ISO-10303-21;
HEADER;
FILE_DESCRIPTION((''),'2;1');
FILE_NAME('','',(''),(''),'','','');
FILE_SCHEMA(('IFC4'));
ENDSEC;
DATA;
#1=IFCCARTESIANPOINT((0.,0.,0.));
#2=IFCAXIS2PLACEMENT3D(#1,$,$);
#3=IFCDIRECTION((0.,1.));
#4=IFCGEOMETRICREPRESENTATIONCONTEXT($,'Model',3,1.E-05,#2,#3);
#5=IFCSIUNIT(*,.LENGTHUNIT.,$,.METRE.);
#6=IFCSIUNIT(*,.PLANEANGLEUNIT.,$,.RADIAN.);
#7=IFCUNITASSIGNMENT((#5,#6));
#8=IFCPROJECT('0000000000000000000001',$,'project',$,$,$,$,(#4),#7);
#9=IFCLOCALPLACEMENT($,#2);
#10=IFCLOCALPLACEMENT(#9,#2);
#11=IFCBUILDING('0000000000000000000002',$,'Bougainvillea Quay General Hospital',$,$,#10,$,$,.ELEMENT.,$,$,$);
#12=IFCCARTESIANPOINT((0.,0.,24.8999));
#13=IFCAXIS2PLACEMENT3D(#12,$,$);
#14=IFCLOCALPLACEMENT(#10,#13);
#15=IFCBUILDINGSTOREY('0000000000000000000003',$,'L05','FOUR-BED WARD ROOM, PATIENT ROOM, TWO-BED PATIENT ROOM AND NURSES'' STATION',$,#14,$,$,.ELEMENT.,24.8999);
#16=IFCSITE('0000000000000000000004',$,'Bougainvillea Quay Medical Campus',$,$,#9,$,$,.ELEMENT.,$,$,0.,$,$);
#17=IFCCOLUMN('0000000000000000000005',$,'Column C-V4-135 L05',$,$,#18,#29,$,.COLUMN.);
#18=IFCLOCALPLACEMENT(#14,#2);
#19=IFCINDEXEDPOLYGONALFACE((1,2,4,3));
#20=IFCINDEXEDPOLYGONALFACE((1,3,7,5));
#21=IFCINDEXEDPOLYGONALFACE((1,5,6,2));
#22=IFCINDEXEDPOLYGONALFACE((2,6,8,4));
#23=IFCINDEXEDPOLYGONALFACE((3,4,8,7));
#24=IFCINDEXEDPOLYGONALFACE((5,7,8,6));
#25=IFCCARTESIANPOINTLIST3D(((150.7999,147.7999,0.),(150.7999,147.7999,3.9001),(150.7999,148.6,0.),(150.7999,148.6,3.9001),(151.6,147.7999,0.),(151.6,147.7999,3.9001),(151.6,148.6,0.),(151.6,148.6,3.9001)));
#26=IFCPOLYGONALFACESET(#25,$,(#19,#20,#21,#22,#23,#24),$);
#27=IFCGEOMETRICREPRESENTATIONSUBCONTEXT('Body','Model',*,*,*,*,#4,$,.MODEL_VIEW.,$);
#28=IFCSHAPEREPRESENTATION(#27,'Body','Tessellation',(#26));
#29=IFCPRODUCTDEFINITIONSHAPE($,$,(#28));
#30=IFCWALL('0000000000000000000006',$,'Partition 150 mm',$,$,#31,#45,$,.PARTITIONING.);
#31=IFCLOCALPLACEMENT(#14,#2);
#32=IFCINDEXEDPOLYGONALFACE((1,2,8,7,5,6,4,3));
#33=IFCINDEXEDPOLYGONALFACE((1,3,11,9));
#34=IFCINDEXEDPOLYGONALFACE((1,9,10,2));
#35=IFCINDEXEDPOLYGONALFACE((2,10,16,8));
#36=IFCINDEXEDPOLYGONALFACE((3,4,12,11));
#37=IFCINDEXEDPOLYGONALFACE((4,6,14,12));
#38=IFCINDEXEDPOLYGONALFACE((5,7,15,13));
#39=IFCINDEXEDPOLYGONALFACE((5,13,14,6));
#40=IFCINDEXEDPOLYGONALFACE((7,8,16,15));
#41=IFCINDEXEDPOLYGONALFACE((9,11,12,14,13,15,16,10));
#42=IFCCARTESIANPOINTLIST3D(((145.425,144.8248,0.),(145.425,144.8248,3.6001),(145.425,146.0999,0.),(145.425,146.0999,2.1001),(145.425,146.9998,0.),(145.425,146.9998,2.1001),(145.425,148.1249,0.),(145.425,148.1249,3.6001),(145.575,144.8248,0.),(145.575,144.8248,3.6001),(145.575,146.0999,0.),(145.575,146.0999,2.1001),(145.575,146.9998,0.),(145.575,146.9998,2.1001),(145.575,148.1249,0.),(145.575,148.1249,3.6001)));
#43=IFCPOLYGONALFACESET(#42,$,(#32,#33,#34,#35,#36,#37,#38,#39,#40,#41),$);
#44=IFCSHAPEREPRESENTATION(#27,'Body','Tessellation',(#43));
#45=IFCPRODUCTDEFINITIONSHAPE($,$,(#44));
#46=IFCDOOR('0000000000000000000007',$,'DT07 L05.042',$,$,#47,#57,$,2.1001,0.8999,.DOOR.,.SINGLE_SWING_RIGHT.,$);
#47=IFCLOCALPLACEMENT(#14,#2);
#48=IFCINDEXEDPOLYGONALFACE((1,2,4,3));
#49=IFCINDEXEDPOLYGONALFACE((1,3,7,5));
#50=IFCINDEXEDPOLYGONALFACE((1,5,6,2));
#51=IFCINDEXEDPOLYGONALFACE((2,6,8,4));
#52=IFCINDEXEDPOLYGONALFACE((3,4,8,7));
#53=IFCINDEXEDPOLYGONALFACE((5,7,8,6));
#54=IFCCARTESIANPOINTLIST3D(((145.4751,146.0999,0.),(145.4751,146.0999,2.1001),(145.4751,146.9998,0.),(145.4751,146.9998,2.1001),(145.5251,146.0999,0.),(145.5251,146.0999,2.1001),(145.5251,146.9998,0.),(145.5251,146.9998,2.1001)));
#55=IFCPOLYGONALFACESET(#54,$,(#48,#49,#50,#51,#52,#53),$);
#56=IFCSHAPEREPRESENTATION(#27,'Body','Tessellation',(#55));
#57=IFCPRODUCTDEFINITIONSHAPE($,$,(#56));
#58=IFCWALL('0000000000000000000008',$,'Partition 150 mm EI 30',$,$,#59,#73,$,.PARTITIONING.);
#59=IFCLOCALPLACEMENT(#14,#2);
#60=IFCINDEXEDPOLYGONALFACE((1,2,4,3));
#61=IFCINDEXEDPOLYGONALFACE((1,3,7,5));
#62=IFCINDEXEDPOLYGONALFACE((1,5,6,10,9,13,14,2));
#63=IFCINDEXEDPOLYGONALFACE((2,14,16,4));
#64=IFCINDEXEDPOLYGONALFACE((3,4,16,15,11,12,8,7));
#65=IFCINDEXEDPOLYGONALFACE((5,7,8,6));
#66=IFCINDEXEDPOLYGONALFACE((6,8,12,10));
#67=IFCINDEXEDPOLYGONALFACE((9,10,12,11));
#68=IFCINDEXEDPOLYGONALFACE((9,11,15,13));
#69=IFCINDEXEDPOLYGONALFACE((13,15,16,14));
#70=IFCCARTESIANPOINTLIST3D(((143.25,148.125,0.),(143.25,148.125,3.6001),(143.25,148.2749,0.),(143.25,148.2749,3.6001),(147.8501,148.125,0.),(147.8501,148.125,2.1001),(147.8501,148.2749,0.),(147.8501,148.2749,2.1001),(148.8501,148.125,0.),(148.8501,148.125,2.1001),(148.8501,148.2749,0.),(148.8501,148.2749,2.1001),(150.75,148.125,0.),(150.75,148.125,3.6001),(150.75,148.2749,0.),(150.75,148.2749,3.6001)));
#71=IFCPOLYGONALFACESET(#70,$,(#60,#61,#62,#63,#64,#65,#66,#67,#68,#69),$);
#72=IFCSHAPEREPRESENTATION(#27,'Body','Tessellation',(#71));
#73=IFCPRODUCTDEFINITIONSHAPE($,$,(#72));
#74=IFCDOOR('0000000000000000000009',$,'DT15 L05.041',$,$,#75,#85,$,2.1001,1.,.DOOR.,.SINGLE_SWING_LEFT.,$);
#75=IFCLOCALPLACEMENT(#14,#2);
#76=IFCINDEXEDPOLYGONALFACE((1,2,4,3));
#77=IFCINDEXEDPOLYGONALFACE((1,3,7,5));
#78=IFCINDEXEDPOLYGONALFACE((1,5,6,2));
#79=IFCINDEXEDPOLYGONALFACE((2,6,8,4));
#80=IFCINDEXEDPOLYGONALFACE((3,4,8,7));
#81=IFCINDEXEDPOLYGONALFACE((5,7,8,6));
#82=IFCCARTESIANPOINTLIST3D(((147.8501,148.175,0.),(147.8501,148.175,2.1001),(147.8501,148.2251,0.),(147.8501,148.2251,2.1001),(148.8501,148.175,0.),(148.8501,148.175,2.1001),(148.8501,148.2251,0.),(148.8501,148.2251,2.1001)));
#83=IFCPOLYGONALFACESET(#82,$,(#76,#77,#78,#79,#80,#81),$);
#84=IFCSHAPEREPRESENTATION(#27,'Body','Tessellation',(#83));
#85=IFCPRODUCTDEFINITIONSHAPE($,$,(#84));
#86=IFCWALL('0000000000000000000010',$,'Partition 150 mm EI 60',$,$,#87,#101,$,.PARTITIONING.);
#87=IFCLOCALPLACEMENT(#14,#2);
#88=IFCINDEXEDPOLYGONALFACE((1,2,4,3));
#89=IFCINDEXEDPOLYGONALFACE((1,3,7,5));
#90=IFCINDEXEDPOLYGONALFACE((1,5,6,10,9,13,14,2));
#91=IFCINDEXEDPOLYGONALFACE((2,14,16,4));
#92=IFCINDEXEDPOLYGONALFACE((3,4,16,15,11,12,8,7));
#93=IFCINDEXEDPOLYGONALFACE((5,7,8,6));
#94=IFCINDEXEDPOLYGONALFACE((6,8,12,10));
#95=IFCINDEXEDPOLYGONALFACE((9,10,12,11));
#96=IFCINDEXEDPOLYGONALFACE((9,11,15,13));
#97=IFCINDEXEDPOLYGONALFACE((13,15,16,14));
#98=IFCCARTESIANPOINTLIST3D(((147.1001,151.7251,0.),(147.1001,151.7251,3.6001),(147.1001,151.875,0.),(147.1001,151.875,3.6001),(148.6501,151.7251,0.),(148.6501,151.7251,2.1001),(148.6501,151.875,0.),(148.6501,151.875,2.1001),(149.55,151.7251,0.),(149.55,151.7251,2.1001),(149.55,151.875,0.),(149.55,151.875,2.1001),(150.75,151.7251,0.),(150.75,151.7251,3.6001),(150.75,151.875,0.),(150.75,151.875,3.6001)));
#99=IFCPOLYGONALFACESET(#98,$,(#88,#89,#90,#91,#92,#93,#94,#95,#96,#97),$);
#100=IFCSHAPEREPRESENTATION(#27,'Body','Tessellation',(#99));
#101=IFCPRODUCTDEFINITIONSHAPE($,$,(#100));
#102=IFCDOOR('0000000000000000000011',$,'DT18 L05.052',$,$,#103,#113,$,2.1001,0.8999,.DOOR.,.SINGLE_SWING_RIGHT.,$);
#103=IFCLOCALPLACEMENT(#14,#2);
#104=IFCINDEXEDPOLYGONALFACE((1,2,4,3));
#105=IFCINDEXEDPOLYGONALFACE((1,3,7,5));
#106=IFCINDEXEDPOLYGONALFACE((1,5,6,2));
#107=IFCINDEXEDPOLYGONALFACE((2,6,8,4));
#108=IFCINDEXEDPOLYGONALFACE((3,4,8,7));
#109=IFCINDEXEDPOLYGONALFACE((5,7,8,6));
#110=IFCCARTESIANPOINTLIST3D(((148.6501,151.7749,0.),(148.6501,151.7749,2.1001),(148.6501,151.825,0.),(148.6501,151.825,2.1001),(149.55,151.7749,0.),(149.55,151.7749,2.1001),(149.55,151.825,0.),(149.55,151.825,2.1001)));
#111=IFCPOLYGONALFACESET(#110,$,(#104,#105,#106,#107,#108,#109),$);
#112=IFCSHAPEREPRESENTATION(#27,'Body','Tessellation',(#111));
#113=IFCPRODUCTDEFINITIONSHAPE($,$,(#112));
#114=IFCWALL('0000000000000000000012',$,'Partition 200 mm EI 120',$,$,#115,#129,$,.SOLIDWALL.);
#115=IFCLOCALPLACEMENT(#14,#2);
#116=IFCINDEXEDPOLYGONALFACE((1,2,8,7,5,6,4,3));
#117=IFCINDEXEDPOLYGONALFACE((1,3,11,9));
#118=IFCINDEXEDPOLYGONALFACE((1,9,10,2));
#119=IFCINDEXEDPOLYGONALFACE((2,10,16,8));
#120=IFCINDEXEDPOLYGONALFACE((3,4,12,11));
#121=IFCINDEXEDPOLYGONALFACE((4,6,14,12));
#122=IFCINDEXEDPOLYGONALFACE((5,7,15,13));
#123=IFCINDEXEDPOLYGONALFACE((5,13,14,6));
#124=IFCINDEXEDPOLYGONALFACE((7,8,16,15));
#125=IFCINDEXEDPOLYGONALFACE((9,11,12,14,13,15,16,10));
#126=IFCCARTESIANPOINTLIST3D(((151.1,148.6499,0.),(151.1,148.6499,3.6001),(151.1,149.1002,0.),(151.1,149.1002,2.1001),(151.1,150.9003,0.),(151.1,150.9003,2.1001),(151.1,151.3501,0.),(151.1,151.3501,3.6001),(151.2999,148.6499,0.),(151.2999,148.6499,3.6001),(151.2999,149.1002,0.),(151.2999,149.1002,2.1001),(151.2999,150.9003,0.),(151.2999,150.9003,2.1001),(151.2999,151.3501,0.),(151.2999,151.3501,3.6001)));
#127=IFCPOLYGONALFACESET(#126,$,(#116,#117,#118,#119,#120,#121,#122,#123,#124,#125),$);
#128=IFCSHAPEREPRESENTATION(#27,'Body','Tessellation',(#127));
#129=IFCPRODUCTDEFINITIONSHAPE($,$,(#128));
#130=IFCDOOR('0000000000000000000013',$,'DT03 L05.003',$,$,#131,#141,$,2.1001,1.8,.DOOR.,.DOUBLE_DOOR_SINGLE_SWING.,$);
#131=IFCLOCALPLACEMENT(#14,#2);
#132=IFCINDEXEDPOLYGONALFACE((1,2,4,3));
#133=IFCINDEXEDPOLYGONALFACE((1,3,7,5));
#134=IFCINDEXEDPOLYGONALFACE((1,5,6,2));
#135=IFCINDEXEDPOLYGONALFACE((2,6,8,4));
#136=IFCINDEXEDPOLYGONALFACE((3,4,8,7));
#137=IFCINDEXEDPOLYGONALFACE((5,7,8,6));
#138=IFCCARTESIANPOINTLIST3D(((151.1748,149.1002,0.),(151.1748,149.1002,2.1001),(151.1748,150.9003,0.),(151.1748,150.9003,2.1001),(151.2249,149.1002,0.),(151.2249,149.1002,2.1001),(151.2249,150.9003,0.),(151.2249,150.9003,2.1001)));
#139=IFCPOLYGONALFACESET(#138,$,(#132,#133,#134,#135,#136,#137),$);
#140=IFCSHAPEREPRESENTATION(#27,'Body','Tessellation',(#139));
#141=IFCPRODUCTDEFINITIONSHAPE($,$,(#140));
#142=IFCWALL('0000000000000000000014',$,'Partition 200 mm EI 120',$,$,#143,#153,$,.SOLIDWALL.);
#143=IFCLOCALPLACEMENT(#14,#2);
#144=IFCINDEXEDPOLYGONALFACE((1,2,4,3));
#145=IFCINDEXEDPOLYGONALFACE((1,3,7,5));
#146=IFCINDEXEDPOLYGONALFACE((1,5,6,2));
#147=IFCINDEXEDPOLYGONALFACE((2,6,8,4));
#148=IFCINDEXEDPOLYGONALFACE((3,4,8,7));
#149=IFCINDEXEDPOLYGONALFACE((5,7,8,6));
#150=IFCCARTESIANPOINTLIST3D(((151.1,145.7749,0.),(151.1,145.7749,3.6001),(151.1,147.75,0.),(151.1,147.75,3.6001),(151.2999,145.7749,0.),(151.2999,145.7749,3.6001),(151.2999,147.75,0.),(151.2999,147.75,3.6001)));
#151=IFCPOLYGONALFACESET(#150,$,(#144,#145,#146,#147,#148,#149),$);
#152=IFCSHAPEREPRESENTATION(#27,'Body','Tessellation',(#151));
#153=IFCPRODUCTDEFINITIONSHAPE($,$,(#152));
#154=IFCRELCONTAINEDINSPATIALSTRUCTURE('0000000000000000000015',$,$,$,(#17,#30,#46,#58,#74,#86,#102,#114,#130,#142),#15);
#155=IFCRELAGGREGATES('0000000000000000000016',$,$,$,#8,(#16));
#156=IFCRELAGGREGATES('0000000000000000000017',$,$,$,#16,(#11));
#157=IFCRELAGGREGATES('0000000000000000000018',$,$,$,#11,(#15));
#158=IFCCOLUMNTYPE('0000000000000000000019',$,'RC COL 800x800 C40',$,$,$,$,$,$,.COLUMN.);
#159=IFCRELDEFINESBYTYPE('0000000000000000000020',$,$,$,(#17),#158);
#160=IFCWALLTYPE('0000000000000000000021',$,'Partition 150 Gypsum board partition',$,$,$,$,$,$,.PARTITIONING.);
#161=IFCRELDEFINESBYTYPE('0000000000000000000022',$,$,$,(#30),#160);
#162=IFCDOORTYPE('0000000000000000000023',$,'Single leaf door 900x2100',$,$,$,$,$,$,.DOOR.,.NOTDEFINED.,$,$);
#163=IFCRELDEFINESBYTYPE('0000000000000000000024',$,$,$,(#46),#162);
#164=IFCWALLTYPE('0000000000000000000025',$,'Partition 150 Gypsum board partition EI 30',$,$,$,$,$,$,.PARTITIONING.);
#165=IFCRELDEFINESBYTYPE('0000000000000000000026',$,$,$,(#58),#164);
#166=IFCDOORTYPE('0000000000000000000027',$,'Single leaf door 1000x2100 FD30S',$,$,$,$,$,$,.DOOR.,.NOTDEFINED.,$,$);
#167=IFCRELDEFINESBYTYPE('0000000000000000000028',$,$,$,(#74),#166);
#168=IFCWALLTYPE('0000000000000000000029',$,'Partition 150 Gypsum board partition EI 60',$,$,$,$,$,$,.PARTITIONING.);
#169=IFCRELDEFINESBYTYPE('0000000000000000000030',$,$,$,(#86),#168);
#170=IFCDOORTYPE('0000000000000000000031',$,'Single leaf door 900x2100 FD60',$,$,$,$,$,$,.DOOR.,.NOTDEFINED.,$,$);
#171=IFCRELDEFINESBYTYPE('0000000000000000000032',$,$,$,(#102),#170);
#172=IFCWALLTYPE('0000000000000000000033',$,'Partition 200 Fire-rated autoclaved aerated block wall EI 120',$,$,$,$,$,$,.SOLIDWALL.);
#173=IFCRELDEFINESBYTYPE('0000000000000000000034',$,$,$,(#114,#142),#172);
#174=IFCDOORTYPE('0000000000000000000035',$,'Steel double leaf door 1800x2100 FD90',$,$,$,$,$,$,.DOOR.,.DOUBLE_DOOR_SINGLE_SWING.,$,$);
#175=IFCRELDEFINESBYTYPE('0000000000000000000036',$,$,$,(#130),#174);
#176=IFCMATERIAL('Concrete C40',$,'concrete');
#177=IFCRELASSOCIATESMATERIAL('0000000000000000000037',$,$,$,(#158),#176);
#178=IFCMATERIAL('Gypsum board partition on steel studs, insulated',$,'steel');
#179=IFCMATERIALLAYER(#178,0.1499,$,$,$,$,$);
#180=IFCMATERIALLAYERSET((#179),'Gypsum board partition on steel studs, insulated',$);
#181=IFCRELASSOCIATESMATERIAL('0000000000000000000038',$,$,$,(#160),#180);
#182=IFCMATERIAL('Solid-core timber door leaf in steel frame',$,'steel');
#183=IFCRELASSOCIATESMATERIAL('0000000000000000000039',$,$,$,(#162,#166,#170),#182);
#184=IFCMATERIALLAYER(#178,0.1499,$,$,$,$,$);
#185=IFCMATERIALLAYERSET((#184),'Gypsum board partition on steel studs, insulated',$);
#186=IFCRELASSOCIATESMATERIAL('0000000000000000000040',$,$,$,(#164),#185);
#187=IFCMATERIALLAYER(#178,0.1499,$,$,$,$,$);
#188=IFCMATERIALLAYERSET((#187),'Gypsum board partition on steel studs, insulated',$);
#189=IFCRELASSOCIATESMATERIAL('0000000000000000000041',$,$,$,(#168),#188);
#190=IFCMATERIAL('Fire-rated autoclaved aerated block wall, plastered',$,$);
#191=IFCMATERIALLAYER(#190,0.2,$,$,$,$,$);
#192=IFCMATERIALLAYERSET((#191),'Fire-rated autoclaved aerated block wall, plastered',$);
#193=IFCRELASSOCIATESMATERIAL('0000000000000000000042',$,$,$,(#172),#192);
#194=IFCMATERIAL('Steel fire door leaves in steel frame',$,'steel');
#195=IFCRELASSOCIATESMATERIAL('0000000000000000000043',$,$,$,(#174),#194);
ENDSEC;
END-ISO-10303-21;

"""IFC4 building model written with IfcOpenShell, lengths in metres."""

from ifc_helpers import new_model, si_unit, direction, frame, frame_2d, origin, origin_2d, place, context, subcontext, project, spatial, rectangle, extrude, material, layer, layer_set, material_profile, profile_set, type_object, element, fill, save


model = new_model("IFC4")

# Units and contexts
model_context = context("Model", 3, precision=1e-05, world=origin(), true_north=direction((0.0, 1.0)))
body_context = subcontext(model_context, "Body", "Model", "MODEL_VIEW")
ifc_project = project(units=[si_unit("LENGTHUNIT", "METRE"), si_unit("PLANEANGLEUNIT", "RADIAN")], contexts=[model_context])

# Site, building, storey
site_placement = place(None, origin())
site = spatial("IfcSite", under=ifc_project, at=site_placement, Name="Bougainvillea Quay Medical Campus", CompositionType="ELEMENT", RefElevation=0.0)
building_placement = place(site_placement, origin())
building = spatial("IfcBuilding", under=site, at=building_placement, Name="Bougainvillea Quay General Hospital", CompositionType="ELEMENT")
storey_placement = place(building_placement, frame((0.0, 0.0, 24.8999)))
storey = spatial("IfcBuildingStorey", under=building, at=storey_placement, Name="L05", Description="FOUR-BED WARD ROOM, PATIENT ROOM, TWO-BED PATIENT ROOM AND NURSES' STATION", CompositionType="ELEMENT", Elevation=24.8999)

# Column
ifc_material_1 = material(Name="Concrete C40", Category="concrete")
ifc_material_profile_1 = material_profile(ifc_material_1, rectangle(XDim=0.8, YDim=0.8, at=origin_2d()))
ifc_profile_set_1 = profile_set([ifc_material_profile_1], Name="Concrete C40")
column_type = type_object("IfcColumnType", Name="RC COL 800x800 C40", PredefinedType="COLUMN", material=ifc_profile_set_1)
column_placement = place(storey_placement, frame((151.2, 148.2, 0.0), z_axis=(0.0, 0.0, 1.0), x_axis=(1.0, 0.0, 0.0)))
element("IfcColumn", 1, at=column_placement, inside=storey, type_object=column_type, Name="Column C-V4-135 L05", PredefinedType="COLUMN", context=body_context, shape_type="SweptSolid", body=[
    extrude(rectangle(XDim=0.8, YDim=0.8, at=origin_2d()), origin(), (0.0, 0.0, 1.0), 3.9001),
])

# Walls, openings, doors
ifc_material_2 = material(Name="Gypsum board partition on steel studs, insulated", Category="steel")
ifc_layer_1 = layer(ifc_material_2, 0.1499)
ifc_layer_set_1 = layer_set([ifc_layer_1], Name="Gypsum board partition on steel studs, insulated")
wall_type_1 = type_object("IfcWallType", Name="Partition 150 Gypsum board partition", PredefinedType="PARTITIONING", material=ifc_layer_set_1)
wall_1_placement = place(storey_placement, frame((145.5, 144.825, 0.0), z_axis=(0.0, 0.0, 1.0), x_axis=(0.0, 1.0, 0.0)))
wall_1 = element("IfcWall", 2, at=wall_1_placement, inside=storey, type_object=wall_type_1, Name="Partition 150 mm", PredefinedType="PARTITIONING", context=body_context, shape_type="SweptSolid", body=[
    extrude(rectangle(XDim=3.3, YDim=0.1499, at=frame_2d((1.6499, 0.0))), origin(), (0.0, 0.0, 1.0), 3.6001),
])
opening_1_placement = place(wall_1_placement, frame((1.2749, 0.0, 0.0)))
opening_1 = element("IfcOpeningElement", 3, at=opening_1_placement, cuts=wall_1, PredefinedType="OPENING", context=body_context, shape_type="SweptSolid", body=[
    extrude(rectangle(XDim=0.8999, YDim=2.1001, at=frame_2d((0.45, 1.05))), frame((0.0, 0.085, 0.0), z_axis=(0.0, -1.0, 0.0), x_axis=(1.0, 0.0, 0.0)), (0.0, 0.0, 1.0), 0.1699),
])
ifc_material_3 = material(Name="Solid-core timber door leaf in steel frame", Category="steel")
door_type_1 = type_object("IfcDoorType", Name="Single leaf door 900x2100", OperationType="NOTDEFINED", PredefinedType="DOOR", material=ifc_material_3)
door_1_placement = place(opening_1_placement, origin())
door_1 = element("IfcDoor", 4, at=door_1_placement, inside=storey, type_object=door_type_1, Name="DT07 L05.042", OperationType="SINGLE_SWING_RIGHT", OverallHeight=2.1001, OverallWidth=0.8999, PredefinedType="DOOR", context=body_context, shape_type="SweptSolid", body=[
    extrude(rectangle(XDim=0.8999, YDim=2.1001, at=frame_2d((0.45, 1.05))), frame((0.0, 0.0249, 0.0), z_axis=(0.0, -1.0, 0.0), x_axis=(1.0, 0.0, 0.0)), (0.0, 0.0, 1.0), 0.05),
])
fill(opening_1, door_1)
ifc_layer_2 = layer(ifc_material_2, 0.1499)
ifc_layer_set_2 = layer_set([ifc_layer_2], Name="Gypsum board partition on steel studs, insulated")
wall_type_2 = type_object("IfcWallType", Name="Partition 150 Gypsum board partition EI 30", PredefinedType="PARTITIONING", material=ifc_layer_set_2)
wall_2_placement = place(storey_placement, frame((143.25, 148.2, 0.0), z_axis=(0.0, 0.0, 1.0), x_axis=(1.0, 0.0, 0.0)))
wall_2 = element("IfcWall", 5, at=wall_2_placement, inside=storey, type_object=wall_type_2, Name="Partition 150 mm EI 30", PredefinedType="PARTITIONING", context=body_context, shape_type="SweptSolid", body=[
    extrude(rectangle(XDim=7.5, YDim=0.1499, at=frame_2d((3.75, 0.0))), origin(), (0.0, 0.0, 1.0), 3.6001),
])
opening_2_placement = place(wall_2_placement, frame((4.6001, 0.0, 0.0)))
opening_2 = element("IfcOpeningElement", 6, at=opening_2_placement, cuts=wall_2, PredefinedType="OPENING", context=body_context, shape_type="SweptSolid", body=[
    extrude(rectangle(XDim=1.0, YDim=2.1001, at=frame_2d((0.5, 1.05))), frame((0.0, 0.085, 0.0), z_axis=(0.0, -1.0, 0.0), x_axis=(1.0, 0.0, 0.0)), (0.0, 0.0, 1.0), 0.1699),
])
door_type_2 = type_object("IfcDoorType", Name="Single leaf door 1000x2100 FD30S", OperationType="NOTDEFINED", PredefinedType="DOOR", material=ifc_material_3)
door_2_placement = place(opening_2_placement, frame((1.0, 0.0, 0.0), z_axis=(0.0, 0.0, 1.0), x_axis=(-1.0, 0.0, 0.0)))
door_2 = element("IfcDoor", 7, at=door_2_placement, inside=storey, type_object=door_type_2, Name="DT15 L05.041", OperationType="SINGLE_SWING_LEFT", OverallHeight=2.1001, OverallWidth=1.0, PredefinedType="DOOR", context=body_context, shape_type="SweptSolid", body=[
    extrude(rectangle(XDim=1.0, YDim=2.1001, at=frame_2d((0.5, 1.05))), frame((0.0, 0.0249, 0.0), z_axis=(0.0, -1.0, 0.0), x_axis=(1.0, 0.0, 0.0)), (0.0, 0.0, 1.0), 0.05),
])
fill(opening_2, door_2)
ifc_layer_3 = layer(ifc_material_2, 0.1499)
ifc_layer_set_3 = layer_set([ifc_layer_3], Name="Gypsum board partition on steel studs, insulated")
wall_type_3 = type_object("IfcWallType", Name="Partition 150 Gypsum board partition EI 60", PredefinedType="PARTITIONING", material=ifc_layer_set_3)
wall_3_placement = place(storey_placement, frame((147.1001, 151.8, 0.0), z_axis=(0.0, 0.0, 1.0), x_axis=(1.0, 0.0, 0.0)))
wall_3 = element("IfcWall", 8, at=wall_3_placement, inside=storey, type_object=wall_type_3, Name="Partition 150 mm EI 60", PredefinedType="PARTITIONING", context=body_context, shape_type="SweptSolid", body=[
    extrude(rectangle(XDim=3.6499, YDim=0.1499, at=frame_2d((1.825, 0.0))), origin(), (0.0, 0.0, 1.0), 3.6001),
])
opening_3_placement = place(wall_3_placement, frame((1.55, 0.0, 0.0)))
opening_3 = element("IfcOpeningElement", 9, at=opening_3_placement, cuts=wall_3, PredefinedType="OPENING", context=body_context, shape_type="SweptSolid", body=[
    extrude(rectangle(XDim=0.8999, YDim=2.1001, at=frame_2d((0.45, 1.05))), frame((0.0, 0.085, 0.0), z_axis=(0.0, -1.0, 0.0), x_axis=(1.0, 0.0, 0.0)), (0.0, 0.0, 1.0), 0.1699),
])
door_type_3 = type_object("IfcDoorType", Name="Single leaf door 900x2100 FD60", OperationType="NOTDEFINED", PredefinedType="DOOR", material=ifc_material_3)
door_3_placement = place(opening_3_placement, origin())
door_3 = element("IfcDoor", 10, at=door_3_placement, inside=storey, type_object=door_type_3, Name="DT18 L05.052", OperationType="SINGLE_SWING_RIGHT", OverallHeight=2.1001, OverallWidth=0.8999, PredefinedType="DOOR", context=body_context, shape_type="SweptSolid", body=[
    extrude(rectangle(XDim=0.8999, YDim=2.1001, at=frame_2d((0.45, 1.05))), frame((0.0, 0.0249, 0.0), z_axis=(0.0, -1.0, 0.0), x_axis=(1.0, 0.0, 0.0)), (0.0, 0.0, 1.0), 0.05),
])
fill(opening_3, door_3)
ifc_material_4 = material(Name="Fire-rated autoclaved aerated block wall, plastered")
ifc_layer_4 = layer(ifc_material_4, 0.2)
ifc_layer_set_4 = layer_set([ifc_layer_4], Name="Fire-rated autoclaved aerated block wall, plastered")
wall_type_4 = type_object("IfcWallType", Name="Partition 200 Fire-rated autoclaved aerated block wall EI 120", PredefinedType="SOLIDWALL", material=ifc_layer_set_4)
wall_4_placement = place(storey_placement, frame((151.2, 151.3501, 0.0), z_axis=(0.0, 0.0, 1.0), x_axis=(0.0, -1.0, 0.0)))
wall_4 = element("IfcWall", 11, at=wall_4_placement, inside=storey, type_object=wall_type_4, Name="Partition 200 mm EI 120", PredefinedType="SOLIDWALL", context=body_context, shape_type="SweptSolid", body=[
    extrude(rectangle(XDim=2.7002, YDim=0.2, at=frame_2d((1.3501, 0.0))), origin(), (0.0, 0.0, 1.0), 3.6001),
])
opening_4_placement = place(wall_4_placement, frame((0.45, 0.0, 0.0)))
opening_4 = element("IfcOpeningElement", 12, at=opening_4_placement, cuts=wall_4, PredefinedType="OPENING", context=body_context, shape_type="SweptSolid", body=[
    extrude(rectangle(XDim=1.8, YDim=2.1001, at=frame_2d((0.8999, 1.05))), frame((0.0, 0.1099, 0.0), z_axis=(0.0, -1.0, 0.0), x_axis=(1.0, 0.0, 0.0)), (0.0, 0.0, 1.0), 0.22),
])
ifc_material_5 = material(Name="Steel fire door leaves in steel frame", Category="steel")
door_type_4 = type_object("IfcDoorType", Name="Steel double leaf door 1800x2100 FD90", OperationType="DOUBLE_DOOR_SINGLE_SWING", PredefinedType="DOOR", material=ifc_material_5)
door_4_placement = place(opening_4_placement, origin())
door_4 = element("IfcDoor", 13, at=door_4_placement, inside=storey, type_object=door_type_4, Name="DT03 L05.003", OperationType="DOUBLE_DOOR_SINGLE_SWING", OverallHeight=2.1001, OverallWidth=1.8, PredefinedType="DOOR", context=body_context, shape_type="SweptSolid", body=[
    extrude(rectangle(XDim=1.8, YDim=2.1001, at=frame_2d((0.8999, 1.05))), frame((0.0, 0.0249, 0.0), z_axis=(0.0, -1.0, 0.0), x_axis=(1.0, 0.0, 0.0)), (0.0, 0.0, 1.0), 0.05),
])
fill(opening_4, door_4)

# Wall
wall_5_placement = place(storey_placement, frame((151.2, 147.75, 0.0), z_axis=(0.0, 0.0, 1.0), x_axis=(0.0, -1.0, 0.0)))
element("IfcWall", 14, at=wall_5_placement, inside=storey, type_object=wall_type_4, Name="Partition 200 mm EI 120", PredefinedType="SOLIDWALL", context=body_context, shape_type="SweptSolid", body=[
    extrude(rectangle(XDim=1.9751, YDim=0.2, at=frame_2d((0.9875, 0.0))), origin(), (0.0, 0.0, 1.0), 3.6001),
])

save(model, "model.ifc")
